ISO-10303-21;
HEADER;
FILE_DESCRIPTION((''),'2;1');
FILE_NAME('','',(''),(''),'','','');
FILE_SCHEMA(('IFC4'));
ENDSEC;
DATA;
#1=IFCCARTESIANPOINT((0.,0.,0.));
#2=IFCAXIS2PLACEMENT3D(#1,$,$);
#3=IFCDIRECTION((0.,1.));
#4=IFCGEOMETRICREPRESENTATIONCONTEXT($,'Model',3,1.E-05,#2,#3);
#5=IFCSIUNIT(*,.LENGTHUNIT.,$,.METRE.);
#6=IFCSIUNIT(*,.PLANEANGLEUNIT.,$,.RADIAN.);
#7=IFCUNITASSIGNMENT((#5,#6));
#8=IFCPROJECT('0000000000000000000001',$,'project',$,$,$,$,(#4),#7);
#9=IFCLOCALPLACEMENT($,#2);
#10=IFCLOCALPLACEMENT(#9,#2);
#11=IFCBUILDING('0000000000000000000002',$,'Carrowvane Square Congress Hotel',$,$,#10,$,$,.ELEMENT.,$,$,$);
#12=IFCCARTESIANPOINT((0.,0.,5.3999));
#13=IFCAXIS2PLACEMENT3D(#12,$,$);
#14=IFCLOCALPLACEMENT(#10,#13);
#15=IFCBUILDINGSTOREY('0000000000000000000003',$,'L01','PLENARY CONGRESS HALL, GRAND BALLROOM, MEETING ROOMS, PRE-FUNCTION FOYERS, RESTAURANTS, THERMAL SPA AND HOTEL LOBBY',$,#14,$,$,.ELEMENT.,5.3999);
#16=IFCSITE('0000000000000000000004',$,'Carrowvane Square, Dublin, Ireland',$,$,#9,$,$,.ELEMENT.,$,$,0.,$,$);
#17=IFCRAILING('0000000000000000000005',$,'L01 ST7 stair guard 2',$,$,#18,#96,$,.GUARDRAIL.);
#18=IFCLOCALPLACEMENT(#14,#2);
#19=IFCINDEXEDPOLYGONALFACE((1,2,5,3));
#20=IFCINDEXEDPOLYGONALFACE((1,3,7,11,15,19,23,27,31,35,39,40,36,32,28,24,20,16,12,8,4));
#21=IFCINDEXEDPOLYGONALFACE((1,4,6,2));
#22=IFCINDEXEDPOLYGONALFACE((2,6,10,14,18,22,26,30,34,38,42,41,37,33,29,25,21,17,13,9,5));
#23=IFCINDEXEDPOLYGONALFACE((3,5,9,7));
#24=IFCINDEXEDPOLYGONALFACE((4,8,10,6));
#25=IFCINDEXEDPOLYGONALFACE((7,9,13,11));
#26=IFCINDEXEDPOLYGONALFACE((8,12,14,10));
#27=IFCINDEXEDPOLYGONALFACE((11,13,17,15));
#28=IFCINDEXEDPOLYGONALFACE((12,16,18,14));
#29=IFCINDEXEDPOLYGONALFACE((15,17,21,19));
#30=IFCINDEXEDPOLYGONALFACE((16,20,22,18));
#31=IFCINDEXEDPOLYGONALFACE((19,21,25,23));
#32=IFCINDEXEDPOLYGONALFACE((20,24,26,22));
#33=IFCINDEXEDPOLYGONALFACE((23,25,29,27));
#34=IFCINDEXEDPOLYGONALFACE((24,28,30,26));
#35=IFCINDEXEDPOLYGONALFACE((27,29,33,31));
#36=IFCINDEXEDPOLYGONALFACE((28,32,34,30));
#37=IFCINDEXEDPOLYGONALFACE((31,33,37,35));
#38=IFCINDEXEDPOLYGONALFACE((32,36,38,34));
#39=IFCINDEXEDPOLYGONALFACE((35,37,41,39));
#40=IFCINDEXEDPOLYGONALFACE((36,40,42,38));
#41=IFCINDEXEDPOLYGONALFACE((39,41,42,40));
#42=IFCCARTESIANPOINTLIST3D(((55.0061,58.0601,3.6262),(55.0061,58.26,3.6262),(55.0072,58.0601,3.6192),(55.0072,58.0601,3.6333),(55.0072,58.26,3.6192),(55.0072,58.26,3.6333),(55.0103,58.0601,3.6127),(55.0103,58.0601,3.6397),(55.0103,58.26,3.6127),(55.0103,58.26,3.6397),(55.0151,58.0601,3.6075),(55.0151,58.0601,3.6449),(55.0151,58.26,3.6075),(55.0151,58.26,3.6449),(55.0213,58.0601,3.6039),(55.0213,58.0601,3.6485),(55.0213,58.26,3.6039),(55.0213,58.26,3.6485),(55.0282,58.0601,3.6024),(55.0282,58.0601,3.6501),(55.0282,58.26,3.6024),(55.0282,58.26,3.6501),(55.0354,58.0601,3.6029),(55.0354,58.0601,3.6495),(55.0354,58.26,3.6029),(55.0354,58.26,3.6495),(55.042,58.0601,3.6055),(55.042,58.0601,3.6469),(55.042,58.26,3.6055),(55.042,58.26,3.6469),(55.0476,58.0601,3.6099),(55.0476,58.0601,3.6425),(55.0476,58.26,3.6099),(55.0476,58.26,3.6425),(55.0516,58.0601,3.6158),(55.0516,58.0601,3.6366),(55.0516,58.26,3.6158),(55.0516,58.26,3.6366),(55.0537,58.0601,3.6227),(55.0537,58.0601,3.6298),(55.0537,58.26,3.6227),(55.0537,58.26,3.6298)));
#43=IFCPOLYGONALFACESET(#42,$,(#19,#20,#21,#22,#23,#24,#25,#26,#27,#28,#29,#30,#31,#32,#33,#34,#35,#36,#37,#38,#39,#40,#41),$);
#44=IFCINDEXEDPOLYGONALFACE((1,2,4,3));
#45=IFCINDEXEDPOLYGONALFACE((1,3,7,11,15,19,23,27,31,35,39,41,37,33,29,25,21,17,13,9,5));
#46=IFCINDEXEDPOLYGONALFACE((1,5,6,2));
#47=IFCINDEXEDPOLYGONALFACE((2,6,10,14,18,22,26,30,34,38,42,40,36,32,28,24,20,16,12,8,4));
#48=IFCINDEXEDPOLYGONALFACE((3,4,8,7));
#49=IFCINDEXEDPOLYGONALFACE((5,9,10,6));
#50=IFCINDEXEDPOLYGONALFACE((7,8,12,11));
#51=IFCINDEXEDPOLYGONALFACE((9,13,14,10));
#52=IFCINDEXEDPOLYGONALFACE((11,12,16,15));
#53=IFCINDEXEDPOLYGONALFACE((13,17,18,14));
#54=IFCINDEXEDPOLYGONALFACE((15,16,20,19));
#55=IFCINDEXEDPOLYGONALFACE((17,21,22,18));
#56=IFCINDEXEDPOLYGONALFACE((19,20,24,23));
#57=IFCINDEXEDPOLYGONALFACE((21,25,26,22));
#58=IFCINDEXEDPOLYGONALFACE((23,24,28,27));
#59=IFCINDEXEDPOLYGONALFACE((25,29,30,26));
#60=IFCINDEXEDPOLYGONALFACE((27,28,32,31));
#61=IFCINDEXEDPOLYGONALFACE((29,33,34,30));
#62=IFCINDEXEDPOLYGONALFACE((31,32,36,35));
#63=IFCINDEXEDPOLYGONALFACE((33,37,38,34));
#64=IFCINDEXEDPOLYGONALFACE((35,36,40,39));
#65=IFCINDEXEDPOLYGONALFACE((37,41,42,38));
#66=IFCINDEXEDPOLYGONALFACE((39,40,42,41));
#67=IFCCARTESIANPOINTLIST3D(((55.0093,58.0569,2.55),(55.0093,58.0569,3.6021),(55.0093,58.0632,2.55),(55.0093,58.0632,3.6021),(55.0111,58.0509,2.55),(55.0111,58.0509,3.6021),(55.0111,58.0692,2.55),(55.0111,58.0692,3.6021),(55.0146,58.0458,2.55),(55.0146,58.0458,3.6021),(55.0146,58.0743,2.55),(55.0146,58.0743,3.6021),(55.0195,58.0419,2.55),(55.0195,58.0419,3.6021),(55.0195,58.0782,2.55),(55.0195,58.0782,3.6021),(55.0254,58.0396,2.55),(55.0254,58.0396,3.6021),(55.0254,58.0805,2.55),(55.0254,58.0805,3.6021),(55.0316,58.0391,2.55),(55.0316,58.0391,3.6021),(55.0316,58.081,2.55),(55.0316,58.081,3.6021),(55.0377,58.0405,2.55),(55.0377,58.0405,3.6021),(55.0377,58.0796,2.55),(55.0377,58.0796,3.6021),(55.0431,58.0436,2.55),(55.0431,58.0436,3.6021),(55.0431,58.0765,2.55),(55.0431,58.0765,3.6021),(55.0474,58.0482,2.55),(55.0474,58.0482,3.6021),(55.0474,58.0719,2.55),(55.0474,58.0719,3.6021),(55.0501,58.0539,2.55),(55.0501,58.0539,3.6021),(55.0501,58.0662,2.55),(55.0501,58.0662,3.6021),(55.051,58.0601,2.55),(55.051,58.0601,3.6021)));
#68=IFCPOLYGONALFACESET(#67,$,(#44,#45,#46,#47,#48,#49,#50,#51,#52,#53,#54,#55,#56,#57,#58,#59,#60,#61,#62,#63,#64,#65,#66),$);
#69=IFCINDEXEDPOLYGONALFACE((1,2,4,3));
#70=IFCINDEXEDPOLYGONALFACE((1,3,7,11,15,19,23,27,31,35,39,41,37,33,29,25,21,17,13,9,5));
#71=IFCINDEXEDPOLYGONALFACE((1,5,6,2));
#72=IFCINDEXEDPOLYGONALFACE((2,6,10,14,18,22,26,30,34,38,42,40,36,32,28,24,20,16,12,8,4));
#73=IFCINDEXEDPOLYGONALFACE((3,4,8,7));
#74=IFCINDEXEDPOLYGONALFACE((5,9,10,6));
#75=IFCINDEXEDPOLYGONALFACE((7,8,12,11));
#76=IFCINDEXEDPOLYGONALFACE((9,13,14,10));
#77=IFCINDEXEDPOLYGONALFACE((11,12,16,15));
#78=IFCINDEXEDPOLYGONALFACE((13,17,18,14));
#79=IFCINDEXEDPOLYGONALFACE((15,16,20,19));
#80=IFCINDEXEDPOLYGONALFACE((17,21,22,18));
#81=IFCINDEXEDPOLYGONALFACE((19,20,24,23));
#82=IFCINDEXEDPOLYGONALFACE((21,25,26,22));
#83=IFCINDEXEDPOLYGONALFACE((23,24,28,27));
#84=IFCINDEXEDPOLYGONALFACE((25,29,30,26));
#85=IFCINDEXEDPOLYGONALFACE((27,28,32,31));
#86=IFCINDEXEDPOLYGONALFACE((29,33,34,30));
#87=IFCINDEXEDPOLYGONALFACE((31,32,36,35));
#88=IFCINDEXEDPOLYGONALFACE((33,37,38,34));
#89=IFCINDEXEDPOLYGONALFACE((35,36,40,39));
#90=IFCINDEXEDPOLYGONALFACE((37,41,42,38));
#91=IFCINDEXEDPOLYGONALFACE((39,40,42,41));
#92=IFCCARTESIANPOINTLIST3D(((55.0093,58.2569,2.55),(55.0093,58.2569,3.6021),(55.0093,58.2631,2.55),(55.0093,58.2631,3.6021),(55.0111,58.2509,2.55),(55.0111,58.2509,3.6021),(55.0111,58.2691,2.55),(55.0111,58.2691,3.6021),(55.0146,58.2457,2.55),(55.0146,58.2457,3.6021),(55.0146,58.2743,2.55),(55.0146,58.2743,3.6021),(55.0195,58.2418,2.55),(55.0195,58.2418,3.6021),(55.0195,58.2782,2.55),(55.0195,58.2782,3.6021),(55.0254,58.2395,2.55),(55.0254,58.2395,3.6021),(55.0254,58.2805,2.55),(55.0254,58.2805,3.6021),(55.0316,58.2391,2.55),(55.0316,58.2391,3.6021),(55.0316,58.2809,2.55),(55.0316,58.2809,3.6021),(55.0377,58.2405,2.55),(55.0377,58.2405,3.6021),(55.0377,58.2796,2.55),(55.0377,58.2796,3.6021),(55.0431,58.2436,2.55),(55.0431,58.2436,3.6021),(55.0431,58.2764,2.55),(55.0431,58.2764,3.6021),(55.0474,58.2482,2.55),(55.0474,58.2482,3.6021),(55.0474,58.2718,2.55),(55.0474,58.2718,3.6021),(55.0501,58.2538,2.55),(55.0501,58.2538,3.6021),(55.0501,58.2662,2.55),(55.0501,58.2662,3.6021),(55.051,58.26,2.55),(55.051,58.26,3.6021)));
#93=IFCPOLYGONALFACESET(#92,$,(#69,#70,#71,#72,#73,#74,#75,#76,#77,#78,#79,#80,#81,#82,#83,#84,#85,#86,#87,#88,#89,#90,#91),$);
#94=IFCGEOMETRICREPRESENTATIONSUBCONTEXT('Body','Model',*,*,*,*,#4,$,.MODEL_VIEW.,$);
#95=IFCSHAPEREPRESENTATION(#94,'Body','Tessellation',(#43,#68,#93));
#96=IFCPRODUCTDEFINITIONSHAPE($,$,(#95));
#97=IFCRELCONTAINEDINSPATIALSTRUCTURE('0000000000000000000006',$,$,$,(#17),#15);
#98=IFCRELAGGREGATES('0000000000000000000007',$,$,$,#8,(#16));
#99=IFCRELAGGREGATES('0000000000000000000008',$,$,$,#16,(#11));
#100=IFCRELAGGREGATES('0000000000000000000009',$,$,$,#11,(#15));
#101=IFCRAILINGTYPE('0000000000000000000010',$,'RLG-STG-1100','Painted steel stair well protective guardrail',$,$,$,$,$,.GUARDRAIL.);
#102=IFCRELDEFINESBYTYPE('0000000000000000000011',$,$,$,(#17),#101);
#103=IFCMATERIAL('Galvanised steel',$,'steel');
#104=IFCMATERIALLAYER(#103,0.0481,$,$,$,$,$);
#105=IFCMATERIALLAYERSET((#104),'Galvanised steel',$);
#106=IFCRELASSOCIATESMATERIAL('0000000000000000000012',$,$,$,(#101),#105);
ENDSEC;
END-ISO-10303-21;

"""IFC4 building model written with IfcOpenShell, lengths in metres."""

from ifc_helpers import new_model, si_unit, direction, frame, origin, origin_2d, place, context, subcontext, project, spatial, circle, extrude, material, layer, layer_set, type_object, element, save


model = new_model("IFC4")

# Units and contexts
model_context = context("Model", 3, precision=1e-05, world=origin(), true_north=direction((0.0, 1.0)))
body_context = subcontext(model_context, "Body", "Model", "MODEL_VIEW")
ifc_project = project(units=[si_unit("LENGTHUNIT", "METRE"), si_unit("PLANEANGLEUNIT", "RADIAN")], contexts=[model_context])

# Site, building, storey
site_placement = place(None, origin())
site = spatial("IfcSite", under=ifc_project, at=site_placement, Name="Carrowvane Square, Dublin, Ireland", CompositionType="ELEMENT", RefElevation=0.0)
building_placement = place(site_placement, origin())
building = spatial("IfcBuilding", under=site, at=building_placement, Name="Carrowvane Square Congress Hotel", CompositionType="ELEMENT")
storey_placement = place(building_placement, frame((0.0, 0.0, 5.3999)))
storey = spatial("IfcBuildingStorey", under=building, at=storey_placement, Name="L01", Description="PLENARY CONGRESS HALL, GRAND BALLROOM, MEETING ROOMS, PRE-FUNCTION FOYERS, RESTAURANTS, THERMAL SPA AND HOTEL LOBBY", CompositionType="ELEMENT", Elevation=5.3999)

# Railing
ifc_material_1 = material(Name="Galvanised steel", Category="steel")
ifc_layer_1 = layer(ifc_material_1, 0.0481)
ifc_layer_set_1 = layer_set([ifc_layer_1], Name="Galvanised steel")
railing_type_1 = type_object("IfcRailingType", Name="RLG-STG-1100", Description="Painted steel stair well protective guardrail", PredefinedType="GUARDRAIL", material=ifc_layer_set_1)
railing_1_placement = place(storey_placement, frame((55.03, 58.0601, 2.55)))
element("IfcRailing", 1, at=railing_1_placement, inside=storey, type_object=railing_type_1, Name="L01 ST7 stair guard 2", PredefinedType="GUARDRAIL", context=body_context, shape_type="SweptSolid", body=[
    extrude(circle(Radius=0.0239, at=origin_2d()), frame((0.0, 0.0, 1.0762), z_axis=(0.0, 1.0, 0.0), x_axis=(-1.0, 0.0, 0.0)), (0.0, 0.0, 1.0), 0.2),
    extrude(circle(Radius=0.021, at=origin_2d()), origin(), (0.0, 0.0, 1.0), 1.052),
    extrude(circle(Radius=0.021, at=origin_2d()), frame((0.0, 0.2, 0.0)), (0.0, 0.0, 1.0), 1.052),
])

save(model, "model.ifc")
